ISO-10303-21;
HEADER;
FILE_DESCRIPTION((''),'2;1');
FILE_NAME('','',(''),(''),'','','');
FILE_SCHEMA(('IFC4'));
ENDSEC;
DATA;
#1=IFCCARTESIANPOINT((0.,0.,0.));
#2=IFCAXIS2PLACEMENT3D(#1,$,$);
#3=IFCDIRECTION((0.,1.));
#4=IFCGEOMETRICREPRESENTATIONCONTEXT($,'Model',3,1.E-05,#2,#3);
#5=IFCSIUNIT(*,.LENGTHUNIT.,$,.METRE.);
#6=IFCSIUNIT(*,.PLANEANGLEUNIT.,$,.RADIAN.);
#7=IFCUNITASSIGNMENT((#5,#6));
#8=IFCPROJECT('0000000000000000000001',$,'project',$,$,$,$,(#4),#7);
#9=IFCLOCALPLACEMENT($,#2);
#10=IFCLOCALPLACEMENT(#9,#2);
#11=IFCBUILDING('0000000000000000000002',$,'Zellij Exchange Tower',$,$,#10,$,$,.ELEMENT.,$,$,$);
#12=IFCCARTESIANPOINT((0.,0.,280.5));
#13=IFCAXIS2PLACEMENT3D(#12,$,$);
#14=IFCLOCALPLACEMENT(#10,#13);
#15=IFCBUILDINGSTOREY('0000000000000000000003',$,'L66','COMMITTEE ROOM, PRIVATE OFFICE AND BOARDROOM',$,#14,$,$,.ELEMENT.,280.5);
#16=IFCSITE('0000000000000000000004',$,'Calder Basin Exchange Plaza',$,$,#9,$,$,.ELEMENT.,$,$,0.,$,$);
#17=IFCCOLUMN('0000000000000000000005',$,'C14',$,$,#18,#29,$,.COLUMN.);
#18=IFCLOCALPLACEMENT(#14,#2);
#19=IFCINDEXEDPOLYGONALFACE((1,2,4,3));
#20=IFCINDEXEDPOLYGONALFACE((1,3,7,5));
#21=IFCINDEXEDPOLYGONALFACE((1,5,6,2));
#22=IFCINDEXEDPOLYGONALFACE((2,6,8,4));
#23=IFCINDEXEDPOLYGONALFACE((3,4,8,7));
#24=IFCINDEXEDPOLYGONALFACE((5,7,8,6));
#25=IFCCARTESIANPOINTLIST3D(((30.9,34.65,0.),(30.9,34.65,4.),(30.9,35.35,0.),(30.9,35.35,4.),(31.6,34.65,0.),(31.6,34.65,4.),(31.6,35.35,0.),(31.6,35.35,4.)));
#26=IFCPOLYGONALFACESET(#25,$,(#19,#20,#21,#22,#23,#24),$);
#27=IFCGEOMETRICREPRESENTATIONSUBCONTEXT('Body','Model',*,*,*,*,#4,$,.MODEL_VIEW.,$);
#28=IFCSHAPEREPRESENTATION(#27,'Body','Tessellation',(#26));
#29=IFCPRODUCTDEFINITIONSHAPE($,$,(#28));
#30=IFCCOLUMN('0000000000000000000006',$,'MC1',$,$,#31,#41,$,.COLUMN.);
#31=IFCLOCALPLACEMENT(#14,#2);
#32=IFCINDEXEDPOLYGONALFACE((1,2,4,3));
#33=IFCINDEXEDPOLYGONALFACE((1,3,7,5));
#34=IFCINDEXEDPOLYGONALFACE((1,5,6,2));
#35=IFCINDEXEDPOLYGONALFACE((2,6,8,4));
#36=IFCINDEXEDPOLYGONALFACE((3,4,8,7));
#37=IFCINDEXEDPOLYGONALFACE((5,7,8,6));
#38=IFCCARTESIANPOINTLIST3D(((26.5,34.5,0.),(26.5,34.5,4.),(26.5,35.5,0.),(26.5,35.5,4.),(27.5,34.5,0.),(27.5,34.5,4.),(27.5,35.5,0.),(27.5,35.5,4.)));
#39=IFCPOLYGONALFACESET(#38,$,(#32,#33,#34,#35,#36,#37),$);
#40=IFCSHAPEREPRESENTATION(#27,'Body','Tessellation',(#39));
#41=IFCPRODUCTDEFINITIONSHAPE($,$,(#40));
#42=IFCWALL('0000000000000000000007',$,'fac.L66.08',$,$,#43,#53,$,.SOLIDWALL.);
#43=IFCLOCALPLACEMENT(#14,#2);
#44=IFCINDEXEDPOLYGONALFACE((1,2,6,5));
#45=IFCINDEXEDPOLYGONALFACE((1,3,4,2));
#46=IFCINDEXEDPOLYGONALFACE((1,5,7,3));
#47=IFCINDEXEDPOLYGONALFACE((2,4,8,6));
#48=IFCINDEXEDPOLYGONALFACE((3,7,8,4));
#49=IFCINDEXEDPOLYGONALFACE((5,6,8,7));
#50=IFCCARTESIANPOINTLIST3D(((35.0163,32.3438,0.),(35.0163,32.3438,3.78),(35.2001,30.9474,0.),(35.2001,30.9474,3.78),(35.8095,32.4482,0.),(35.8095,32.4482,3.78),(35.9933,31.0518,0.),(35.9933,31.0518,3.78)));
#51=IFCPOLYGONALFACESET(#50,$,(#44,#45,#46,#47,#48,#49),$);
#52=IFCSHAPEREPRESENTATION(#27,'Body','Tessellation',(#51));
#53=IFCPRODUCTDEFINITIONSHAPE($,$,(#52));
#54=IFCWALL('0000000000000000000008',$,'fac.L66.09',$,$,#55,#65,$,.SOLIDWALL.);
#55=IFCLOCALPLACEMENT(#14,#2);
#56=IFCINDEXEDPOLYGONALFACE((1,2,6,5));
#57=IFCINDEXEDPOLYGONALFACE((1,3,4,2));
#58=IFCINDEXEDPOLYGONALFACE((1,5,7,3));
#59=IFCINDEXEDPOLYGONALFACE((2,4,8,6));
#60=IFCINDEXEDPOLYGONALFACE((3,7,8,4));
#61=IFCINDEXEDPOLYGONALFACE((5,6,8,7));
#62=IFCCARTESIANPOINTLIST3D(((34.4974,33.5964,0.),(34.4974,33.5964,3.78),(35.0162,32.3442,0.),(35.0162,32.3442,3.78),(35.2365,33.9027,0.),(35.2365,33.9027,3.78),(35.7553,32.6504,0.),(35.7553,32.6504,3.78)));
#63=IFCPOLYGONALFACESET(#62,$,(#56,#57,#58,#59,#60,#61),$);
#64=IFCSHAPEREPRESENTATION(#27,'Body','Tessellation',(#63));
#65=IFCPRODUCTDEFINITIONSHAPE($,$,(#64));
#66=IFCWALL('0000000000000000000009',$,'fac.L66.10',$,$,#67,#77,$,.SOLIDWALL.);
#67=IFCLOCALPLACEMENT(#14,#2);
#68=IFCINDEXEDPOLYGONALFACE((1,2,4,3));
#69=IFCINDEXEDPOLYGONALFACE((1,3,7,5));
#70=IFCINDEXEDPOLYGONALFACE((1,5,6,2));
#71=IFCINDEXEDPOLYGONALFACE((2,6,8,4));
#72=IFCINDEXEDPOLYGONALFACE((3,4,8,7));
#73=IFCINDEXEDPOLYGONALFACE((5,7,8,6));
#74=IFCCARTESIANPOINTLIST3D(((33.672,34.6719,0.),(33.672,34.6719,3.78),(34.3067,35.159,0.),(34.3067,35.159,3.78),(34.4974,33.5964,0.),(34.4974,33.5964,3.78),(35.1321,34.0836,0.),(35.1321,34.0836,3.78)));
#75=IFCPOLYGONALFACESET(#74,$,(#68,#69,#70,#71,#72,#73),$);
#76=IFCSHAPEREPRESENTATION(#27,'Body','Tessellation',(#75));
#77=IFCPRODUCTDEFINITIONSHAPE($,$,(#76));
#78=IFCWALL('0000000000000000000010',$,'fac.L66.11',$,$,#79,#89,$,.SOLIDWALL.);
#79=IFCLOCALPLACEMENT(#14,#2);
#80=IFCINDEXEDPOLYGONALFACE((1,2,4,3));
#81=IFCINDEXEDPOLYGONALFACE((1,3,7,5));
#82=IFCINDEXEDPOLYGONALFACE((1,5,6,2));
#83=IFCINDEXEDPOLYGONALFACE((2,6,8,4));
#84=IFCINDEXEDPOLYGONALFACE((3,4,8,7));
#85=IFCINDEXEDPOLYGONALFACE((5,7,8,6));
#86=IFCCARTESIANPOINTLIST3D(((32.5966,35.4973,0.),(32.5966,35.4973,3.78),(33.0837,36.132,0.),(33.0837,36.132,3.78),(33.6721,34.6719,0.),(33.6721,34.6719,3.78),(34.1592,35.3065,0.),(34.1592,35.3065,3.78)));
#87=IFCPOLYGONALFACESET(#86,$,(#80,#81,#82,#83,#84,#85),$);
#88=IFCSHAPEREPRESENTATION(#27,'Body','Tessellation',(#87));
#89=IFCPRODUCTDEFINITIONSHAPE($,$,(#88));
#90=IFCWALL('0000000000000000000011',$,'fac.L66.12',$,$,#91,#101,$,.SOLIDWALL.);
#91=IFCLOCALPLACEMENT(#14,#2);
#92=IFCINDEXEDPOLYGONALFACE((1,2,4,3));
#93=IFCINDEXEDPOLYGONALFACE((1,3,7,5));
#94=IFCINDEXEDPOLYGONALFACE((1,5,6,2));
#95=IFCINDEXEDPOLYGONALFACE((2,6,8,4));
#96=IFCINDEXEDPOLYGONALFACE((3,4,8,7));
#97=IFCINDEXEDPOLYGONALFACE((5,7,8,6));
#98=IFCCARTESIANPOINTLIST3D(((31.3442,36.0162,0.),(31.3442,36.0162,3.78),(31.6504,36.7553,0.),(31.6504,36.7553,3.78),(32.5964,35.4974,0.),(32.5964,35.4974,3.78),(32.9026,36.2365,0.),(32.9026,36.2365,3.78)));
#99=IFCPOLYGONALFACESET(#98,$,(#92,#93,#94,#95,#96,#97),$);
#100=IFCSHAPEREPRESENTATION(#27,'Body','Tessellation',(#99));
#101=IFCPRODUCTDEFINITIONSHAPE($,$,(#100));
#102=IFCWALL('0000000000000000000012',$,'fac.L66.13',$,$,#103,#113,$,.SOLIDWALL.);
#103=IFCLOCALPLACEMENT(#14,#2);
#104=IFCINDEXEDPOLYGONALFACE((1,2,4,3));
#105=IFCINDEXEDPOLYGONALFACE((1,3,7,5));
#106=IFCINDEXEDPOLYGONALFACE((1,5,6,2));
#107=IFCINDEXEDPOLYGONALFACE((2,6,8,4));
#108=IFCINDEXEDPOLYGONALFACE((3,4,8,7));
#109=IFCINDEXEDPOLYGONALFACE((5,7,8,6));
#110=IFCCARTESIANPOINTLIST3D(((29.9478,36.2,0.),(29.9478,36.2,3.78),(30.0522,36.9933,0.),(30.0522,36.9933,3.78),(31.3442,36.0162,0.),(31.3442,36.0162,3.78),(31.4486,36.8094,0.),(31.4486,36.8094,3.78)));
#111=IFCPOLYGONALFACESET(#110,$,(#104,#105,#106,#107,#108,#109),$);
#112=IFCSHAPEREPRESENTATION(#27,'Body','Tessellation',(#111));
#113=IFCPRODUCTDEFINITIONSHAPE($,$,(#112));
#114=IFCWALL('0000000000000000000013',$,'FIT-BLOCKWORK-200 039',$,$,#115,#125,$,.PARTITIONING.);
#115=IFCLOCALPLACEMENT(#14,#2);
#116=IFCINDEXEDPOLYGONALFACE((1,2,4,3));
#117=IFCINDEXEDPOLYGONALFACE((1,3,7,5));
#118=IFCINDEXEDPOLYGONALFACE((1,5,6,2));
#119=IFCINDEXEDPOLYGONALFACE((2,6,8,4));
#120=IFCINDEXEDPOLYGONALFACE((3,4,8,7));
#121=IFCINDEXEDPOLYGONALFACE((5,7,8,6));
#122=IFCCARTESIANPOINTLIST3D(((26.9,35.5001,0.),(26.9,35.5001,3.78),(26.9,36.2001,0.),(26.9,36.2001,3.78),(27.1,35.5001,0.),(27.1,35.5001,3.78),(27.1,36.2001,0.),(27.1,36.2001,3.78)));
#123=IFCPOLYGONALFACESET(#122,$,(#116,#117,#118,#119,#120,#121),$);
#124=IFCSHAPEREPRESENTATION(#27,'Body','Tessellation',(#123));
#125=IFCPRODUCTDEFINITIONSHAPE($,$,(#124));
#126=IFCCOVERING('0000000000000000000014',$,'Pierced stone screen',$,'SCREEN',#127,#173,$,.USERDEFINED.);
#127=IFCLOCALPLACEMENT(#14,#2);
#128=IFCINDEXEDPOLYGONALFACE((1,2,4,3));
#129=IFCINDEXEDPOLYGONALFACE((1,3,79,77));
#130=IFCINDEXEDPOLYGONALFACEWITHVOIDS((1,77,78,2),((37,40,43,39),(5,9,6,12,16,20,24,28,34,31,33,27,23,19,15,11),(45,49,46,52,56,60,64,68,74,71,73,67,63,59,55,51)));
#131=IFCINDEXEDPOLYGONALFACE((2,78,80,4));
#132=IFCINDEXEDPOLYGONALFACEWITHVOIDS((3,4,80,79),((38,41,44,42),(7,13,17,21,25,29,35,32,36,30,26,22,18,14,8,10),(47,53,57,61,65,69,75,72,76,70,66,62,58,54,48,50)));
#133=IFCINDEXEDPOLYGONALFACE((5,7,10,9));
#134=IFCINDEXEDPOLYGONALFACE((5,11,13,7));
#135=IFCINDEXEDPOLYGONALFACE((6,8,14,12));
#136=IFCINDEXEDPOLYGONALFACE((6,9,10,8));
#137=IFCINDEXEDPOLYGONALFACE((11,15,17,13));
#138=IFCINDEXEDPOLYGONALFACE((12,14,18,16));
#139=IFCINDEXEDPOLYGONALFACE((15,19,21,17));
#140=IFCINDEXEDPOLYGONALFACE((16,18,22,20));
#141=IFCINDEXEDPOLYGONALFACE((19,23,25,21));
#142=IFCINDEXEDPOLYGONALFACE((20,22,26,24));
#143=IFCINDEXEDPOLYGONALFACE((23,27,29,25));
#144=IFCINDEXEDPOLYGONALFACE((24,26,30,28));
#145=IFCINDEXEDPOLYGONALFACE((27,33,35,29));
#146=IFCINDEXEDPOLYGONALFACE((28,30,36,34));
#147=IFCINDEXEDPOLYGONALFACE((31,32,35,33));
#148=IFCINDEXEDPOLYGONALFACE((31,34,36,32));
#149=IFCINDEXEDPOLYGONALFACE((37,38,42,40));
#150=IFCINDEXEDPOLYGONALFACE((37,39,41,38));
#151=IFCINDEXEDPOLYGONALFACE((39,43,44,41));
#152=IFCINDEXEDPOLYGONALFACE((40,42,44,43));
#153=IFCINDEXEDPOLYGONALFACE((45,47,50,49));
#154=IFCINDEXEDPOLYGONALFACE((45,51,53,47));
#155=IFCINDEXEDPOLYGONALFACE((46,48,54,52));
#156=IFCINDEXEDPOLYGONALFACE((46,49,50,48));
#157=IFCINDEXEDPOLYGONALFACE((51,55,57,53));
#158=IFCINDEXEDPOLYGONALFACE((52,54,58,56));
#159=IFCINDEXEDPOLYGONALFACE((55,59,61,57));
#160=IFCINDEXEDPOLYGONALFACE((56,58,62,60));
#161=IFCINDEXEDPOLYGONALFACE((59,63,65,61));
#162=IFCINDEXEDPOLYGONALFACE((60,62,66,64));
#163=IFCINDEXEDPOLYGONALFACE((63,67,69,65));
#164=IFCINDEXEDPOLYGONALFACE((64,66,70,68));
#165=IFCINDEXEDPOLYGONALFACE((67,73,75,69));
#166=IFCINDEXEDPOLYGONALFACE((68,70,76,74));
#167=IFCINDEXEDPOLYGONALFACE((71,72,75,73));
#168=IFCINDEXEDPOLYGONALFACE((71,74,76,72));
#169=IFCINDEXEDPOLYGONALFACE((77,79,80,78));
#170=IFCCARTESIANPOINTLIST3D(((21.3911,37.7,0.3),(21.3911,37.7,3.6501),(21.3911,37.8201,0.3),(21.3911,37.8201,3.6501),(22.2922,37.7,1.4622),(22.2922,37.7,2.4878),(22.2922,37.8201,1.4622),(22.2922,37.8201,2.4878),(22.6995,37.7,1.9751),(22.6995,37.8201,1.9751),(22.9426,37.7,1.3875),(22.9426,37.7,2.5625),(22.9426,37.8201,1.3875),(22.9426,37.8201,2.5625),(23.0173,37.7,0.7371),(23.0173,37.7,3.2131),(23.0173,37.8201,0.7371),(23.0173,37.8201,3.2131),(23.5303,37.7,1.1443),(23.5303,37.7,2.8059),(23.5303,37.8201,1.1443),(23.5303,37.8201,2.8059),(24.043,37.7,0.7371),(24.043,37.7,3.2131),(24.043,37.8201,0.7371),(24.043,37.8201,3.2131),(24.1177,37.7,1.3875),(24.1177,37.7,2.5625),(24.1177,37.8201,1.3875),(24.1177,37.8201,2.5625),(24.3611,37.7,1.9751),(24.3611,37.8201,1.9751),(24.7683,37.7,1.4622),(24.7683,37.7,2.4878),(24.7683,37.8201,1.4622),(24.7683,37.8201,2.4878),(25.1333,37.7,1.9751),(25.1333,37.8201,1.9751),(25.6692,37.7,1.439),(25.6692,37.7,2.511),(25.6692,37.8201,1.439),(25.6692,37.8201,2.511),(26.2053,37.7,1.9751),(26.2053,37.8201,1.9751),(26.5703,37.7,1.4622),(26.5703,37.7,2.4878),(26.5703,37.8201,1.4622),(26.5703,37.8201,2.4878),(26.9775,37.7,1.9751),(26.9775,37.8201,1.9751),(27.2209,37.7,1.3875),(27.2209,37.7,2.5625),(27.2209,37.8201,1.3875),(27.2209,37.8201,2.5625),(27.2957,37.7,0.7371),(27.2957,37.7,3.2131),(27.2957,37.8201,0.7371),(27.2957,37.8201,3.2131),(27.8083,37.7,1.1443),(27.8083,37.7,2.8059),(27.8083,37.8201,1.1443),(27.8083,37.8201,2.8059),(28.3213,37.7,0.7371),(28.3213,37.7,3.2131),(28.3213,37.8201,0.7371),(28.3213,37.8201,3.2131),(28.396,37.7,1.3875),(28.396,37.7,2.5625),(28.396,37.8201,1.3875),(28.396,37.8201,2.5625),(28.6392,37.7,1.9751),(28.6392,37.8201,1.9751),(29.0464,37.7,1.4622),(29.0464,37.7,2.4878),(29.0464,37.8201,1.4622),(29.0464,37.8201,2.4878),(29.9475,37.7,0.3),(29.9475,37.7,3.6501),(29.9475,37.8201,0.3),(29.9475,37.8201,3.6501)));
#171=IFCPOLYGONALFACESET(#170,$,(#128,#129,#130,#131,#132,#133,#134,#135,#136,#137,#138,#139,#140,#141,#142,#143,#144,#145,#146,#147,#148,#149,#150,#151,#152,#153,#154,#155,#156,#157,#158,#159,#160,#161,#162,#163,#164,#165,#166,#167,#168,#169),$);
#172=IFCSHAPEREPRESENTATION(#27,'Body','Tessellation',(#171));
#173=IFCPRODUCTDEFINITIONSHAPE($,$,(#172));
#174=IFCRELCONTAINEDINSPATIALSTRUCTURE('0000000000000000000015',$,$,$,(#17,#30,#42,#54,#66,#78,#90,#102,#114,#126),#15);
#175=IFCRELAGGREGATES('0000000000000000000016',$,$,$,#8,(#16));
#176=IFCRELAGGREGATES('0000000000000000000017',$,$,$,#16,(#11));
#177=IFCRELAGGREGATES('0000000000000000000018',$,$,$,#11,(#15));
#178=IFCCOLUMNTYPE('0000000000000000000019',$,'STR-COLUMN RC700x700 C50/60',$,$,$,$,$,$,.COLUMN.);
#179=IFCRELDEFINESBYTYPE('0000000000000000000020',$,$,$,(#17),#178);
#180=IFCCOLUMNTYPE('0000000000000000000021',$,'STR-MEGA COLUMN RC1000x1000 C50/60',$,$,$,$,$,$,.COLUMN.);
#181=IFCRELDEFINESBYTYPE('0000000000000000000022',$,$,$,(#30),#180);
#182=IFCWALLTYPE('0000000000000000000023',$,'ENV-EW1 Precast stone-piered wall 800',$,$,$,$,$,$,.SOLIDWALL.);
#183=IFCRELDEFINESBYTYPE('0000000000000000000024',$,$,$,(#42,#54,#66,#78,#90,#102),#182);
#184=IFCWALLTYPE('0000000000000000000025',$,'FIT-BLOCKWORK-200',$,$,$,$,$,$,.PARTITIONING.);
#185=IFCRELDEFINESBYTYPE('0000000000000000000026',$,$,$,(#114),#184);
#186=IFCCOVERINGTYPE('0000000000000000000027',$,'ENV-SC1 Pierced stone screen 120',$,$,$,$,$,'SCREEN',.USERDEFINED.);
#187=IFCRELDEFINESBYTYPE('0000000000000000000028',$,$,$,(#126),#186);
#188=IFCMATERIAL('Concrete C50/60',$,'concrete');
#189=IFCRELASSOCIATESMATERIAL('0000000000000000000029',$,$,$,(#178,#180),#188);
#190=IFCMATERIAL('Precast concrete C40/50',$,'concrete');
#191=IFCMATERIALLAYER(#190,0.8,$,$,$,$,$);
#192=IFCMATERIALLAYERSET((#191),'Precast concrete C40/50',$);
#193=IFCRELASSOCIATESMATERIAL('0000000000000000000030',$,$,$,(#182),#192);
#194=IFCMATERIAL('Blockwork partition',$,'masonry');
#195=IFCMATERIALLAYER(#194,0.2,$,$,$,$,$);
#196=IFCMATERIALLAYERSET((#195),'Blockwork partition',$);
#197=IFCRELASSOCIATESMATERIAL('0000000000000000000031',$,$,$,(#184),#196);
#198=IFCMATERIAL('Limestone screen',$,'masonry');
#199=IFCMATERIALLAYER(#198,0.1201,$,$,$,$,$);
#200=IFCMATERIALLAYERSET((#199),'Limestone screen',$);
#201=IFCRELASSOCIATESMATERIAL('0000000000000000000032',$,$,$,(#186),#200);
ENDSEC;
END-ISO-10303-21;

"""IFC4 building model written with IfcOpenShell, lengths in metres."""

from ifc_helpers import new_model, si_unit, direction, frame, frame_2d, origin, origin_2d, place, context, subcontext, project, spatial, polyline, rectangle, outline, extrude, material, layer, layer_set, material_profile, profile_set, type_object, element, save


model = new_model("IFC4")

# Units and contexts
model_context = context("Model", 3, precision=1e-05, world=origin(), true_north=direction((0.0, 1.0)))
body_context = subcontext(model_context, "Body", "Model", "MODEL_VIEW")
ifc_project = project(units=[si_unit("LENGTHUNIT", "METRE"), si_unit("PLANEANGLEUNIT", "RADIAN")], contexts=[model_context])

# Site, building, storey
site_placement = place(None, origin())
site = spatial("IfcSite", under=ifc_project, at=site_placement, Name="Calder Basin Exchange Plaza", CompositionType="ELEMENT", RefElevation=0.0)
building_placement = place(site_placement, origin())
building = spatial("IfcBuilding", under=site, at=building_placement, Name="Zellij Exchange Tower", CompositionType="ELEMENT")
storey_placement = place(building_placement, frame((0.0, 0.0, 280.5)))
storey = spatial("IfcBuildingStorey", under=building, at=storey_placement, Name="L66", Description="COMMITTEE ROOM, PRIVATE OFFICE AND BOARDROOM", CompositionType="ELEMENT", Elevation=280.5)

# Columns
ifc_material_1 = material(Name="Concrete C50/60", Category="concrete")
ifc_material_profile_1 = material_profile(ifc_material_1, rectangle(XDim=0.7, YDim=0.7, at=origin_2d()), Name="STR-COLUMN RC700x700 C50/60")
ifc_profile_set_1 = profile_set([ifc_material_profile_1], Name="Concrete C50/60")
column_type_1 = type_object("IfcColumnType", Name="STR-COLUMN RC700x700 C50/60", PredefinedType="COLUMN", material=ifc_profile_set_1)
column_1_placement = place(storey_placement, frame((31.25, 35.0, 0.0), z_axis=(0.0, 0.0, 1.0), x_axis=(1.0, 0.0, 0.0)))
element("IfcColumn", 1, at=column_1_placement, inside=storey, type_object=column_type_1, Name="C14", PredefinedType="COLUMN", context=body_context, shape_type="SweptSolid", body=[
    extrude(rectangle(XDim=0.7, YDim=0.7, at=origin_2d()), origin(), (0.0, 0.0, 1.0), 4.0),
])
ifc_material_profile_2 = material_profile(ifc_material_1, rectangle(XDim=1.0, YDim=1.0, at=origin_2d()), Name="STR-MEGA COLUMN RC1000x1000 C50/60")
ifc_profile_set_2 = profile_set([ifc_material_profile_2], Name="Concrete C50/60")
column_type_2 = type_object("IfcColumnType", Name="STR-MEGA COLUMN RC1000x1000 C50/60", PredefinedType="COLUMN", material=ifc_profile_set_2)
column_2_placement = place(storey_placement, frame((27.0, 35.0, 0.0), z_axis=(0.0, 0.0, 1.0), x_axis=(1.0, 0.0, 0.0)))
element("IfcColumn", 2, at=column_2_placement, inside=storey, type_object=column_type_2, Name="MC1", PredefinedType="COLUMN", context=body_context, shape_type="SweptSolid", body=[
    extrude(rectangle(XDim=1.0, YDim=1.0, at=origin_2d()), origin(), (0.0, 0.0, 1.0), 4.0),
])

# Walls
ifc_material_2 = material(Name="Precast concrete C40/50", Category="concrete")
ifc_layer_1 = layer(ifc_material_2, 0.8)
ifc_layer_set_1 = layer_set([ifc_layer_1], Name="Precast concrete C40/50")
wall_type_1 = type_object("IfcWallType", Name="ENV-EW1 Precast stone-piered wall 800", PredefinedType="SOLIDWALL", material=ifc_layer_set_1)
wall_1_placement = place(storey_placement, frame((35.5967, 30.9998, 0.0), z_axis=(0.0, 0.0, 1.0), x_axis=(-0.130517, 0.991446, 0.0)))
element("IfcWall", 3, at=wall_1_placement, inside=storey, type_object=wall_type_1, Name="fac.L66.08", PredefinedType="SOLIDWALL", context=body_context, shape_type="SweptSolid", body=[
    extrude(rectangle(XDim=1.4084, YDim=0.8, at=frame_2d((0.7041, 0.0))), origin(), (0.0, 0.0, 1.0), 3.78),
])
wall_2_placement = place(storey_placement, frame((35.3857, 32.4973, 0.0), z_axis=(0.0, 0.0, 1.0), x_axis=(-0.38276, 0.923848, 0.0)))
element("IfcWall", 4, at=wall_2_placement, inside=storey, type_object=wall_type_1, Name="fac.L66.09", PredefinedType="SOLIDWALL", context=body_context, shape_type="SweptSolid", body=[
    extrude(rectangle(XDim=1.3555, YDim=0.8, at=frame_2d((0.6777, 0.0))), origin(), (0.0, 0.0, 1.0), 3.78),
])
for number, where, z_axis, x_axis, name in (
    (5, (34.8147, 33.8401, 0.0), (0.0, 0.0, 1.0), (-0.608866, 0.793273, 0.0), "fac.L66.10"),
    (6, (33.9155, 34.9893, 0.0), (0.0, 0.0, 1.0), (-0.793273, 0.608866, 0.0), "fac.L66.11"),
):
    element("IfcWall", number, at=place(storey_placement, frame(where, z_axis=z_axis, x_axis=x_axis)), inside=storey, type_object=wall_type_1, Name=name, PredefinedType="SOLIDWALL", context=body_context, shape_type="SweptSolid", body=[
        extrude(rectangle(XDim=1.3557, YDim=0.8, at=frame_2d((0.6777, 0.0))), origin(), (0.0, 0.0, 1.0), 3.78),
    ])
wall_3_placement = place(storey_placement, frame((32.7495, 35.8669, 0.0), z_axis=(0.0, 0.0, 1.0), x_axis=(-0.923848, 0.38276, 0.0)))
element("IfcWall", 7, at=wall_3_placement, inside=storey, type_object=wall_type_1, Name="fac.L66.12", PredefinedType="SOLIDWALL", context=body_context, shape_type="SweptSolid", body=[
    extrude(rectangle(XDim=1.3555, YDim=0.8, at=frame_2d((0.6777, 0.0))), origin(), (0.0, 0.0, 1.0), 3.78),
])
wall_4_placement = place(storey_placement, frame((31.3962, 36.4128, 0.0), z_axis=(0.0, 0.0, 1.0), x_axis=(-0.991446, 0.130517, 0.0)))
element("IfcWall", 8, at=wall_4_placement, inside=storey, type_object=wall_type_1, Name="fac.L66.13", PredefinedType="SOLIDWALL", context=body_context, shape_type="SweptSolid", body=[
    extrude(rectangle(XDim=1.4084, YDim=0.8, at=frame_2d((0.7041, 0.0))), origin(), (0.0, 0.0, 1.0), 3.78),
])

# Wall
ifc_material_3 = material(Name="Blockwork partition", Category="masonry")
ifc_layer_2 = layer(ifc_material_3, 0.2)
ifc_layer_set_2 = layer_set([ifc_layer_2], Name="Blockwork partition")
wall_type_2 = type_object("IfcWallType", Name="FIT-BLOCKWORK-200", PredefinedType="PARTITIONING", material=ifc_layer_set_2)
wall_5_placement = place(storey_placement, frame((27.0, 35.5, 0.0), z_axis=(0.0, 0.0, 1.0), x_axis=(0.0, 1.0, 0.0)))
element("IfcWall", 9, at=wall_5_placement, inside=storey, type_object=wall_type_2, Name="FIT-BLOCKWORK-200 039", PredefinedType="PARTITIONING", context=body_context, shape_type="SweptSolid", body=[
    extrude(rectangle(XDim=0.7, YDim=0.2, at=frame_2d((0.3501, 0.0))), origin(), (0.0, 0.0, 1.0), 3.78),
])

# Covering
ifc_material_4 = material(Name="Limestone screen", Category="masonry")
ifc_layer_3 = layer(ifc_material_4, 0.1201)
ifc_layer_set_3 = layer_set([ifc_layer_3], Name="Limestone screen")
covering_type = type_object("IfcCoveringType", Name="ENV-SC1 Pierced stone screen 120", ElementType="SCREEN", PredefinedType="USERDEFINED", material=ifc_layer_set_3)
covering_placement = place(storey_placement, frame((29.9475, 37.76, 0.3), z_axis=(0.0, 0.0, 1.0), x_axis=(-1.0, 0.0, 0.0)))
element("IfcCovering", 10, at=covering_placement, inside=storey, type_object=covering_type, Name="Pierced stone screen", ObjectType="SCREEN", PredefinedType="USERDEFINED", context=body_context, shape_type="SweptSolid", body=[
    extrude(outline(polyline([(0.0, 0.0), (8.5564, 0.0), (8.5564, 3.3501), (0.0, 3.3501), (0.0, 0.0)]), holes=[polyline([(3.3772, 2.1877), (2.7266, 2.2625), (2.6519, 2.9131), (2.1392, 2.5059), (1.6262, 2.9131), (1.5515, 2.2625), (0.9011, 2.1877), (1.3083, 1.675), (0.9011, 1.1621), (1.5515, 1.0874), (1.6262, 0.437), (2.1392, 0.8442), (2.6519, 0.437), (2.7266, 1.0874), (3.3772, 1.1621), (2.97, 1.675), (3.3772, 2.1877)]), polyline([(7.6553, 2.1877), (7.0049, 2.2625), (6.9302, 2.9131), (6.4172, 2.5059), (5.9045, 2.9131), (5.8298, 2.2625), (5.1792, 2.1877), (5.5864, 1.675), (5.1792, 1.1621), (5.8298, 1.0874), (5.9045, 0.437), (6.4172, 0.8442), (6.9302, 0.437), (7.0049, 1.0874), (7.6553, 1.1621), (7.248, 1.675), (7.6553, 2.1877)]), polyline([(4.8142, 1.675), (4.2783, 2.2109), (3.7422, 1.675), (4.2783, 1.1389), (4.8142, 1.675)])]), frame((0.0, 0.0601, 0.0), z_axis=(0.0, -1.0, 0.0), x_axis=(1.0, 0.0, 0.0)), (0.0, 0.0, 1.0), 0.1201),
])

save(model, "model.ifc")
